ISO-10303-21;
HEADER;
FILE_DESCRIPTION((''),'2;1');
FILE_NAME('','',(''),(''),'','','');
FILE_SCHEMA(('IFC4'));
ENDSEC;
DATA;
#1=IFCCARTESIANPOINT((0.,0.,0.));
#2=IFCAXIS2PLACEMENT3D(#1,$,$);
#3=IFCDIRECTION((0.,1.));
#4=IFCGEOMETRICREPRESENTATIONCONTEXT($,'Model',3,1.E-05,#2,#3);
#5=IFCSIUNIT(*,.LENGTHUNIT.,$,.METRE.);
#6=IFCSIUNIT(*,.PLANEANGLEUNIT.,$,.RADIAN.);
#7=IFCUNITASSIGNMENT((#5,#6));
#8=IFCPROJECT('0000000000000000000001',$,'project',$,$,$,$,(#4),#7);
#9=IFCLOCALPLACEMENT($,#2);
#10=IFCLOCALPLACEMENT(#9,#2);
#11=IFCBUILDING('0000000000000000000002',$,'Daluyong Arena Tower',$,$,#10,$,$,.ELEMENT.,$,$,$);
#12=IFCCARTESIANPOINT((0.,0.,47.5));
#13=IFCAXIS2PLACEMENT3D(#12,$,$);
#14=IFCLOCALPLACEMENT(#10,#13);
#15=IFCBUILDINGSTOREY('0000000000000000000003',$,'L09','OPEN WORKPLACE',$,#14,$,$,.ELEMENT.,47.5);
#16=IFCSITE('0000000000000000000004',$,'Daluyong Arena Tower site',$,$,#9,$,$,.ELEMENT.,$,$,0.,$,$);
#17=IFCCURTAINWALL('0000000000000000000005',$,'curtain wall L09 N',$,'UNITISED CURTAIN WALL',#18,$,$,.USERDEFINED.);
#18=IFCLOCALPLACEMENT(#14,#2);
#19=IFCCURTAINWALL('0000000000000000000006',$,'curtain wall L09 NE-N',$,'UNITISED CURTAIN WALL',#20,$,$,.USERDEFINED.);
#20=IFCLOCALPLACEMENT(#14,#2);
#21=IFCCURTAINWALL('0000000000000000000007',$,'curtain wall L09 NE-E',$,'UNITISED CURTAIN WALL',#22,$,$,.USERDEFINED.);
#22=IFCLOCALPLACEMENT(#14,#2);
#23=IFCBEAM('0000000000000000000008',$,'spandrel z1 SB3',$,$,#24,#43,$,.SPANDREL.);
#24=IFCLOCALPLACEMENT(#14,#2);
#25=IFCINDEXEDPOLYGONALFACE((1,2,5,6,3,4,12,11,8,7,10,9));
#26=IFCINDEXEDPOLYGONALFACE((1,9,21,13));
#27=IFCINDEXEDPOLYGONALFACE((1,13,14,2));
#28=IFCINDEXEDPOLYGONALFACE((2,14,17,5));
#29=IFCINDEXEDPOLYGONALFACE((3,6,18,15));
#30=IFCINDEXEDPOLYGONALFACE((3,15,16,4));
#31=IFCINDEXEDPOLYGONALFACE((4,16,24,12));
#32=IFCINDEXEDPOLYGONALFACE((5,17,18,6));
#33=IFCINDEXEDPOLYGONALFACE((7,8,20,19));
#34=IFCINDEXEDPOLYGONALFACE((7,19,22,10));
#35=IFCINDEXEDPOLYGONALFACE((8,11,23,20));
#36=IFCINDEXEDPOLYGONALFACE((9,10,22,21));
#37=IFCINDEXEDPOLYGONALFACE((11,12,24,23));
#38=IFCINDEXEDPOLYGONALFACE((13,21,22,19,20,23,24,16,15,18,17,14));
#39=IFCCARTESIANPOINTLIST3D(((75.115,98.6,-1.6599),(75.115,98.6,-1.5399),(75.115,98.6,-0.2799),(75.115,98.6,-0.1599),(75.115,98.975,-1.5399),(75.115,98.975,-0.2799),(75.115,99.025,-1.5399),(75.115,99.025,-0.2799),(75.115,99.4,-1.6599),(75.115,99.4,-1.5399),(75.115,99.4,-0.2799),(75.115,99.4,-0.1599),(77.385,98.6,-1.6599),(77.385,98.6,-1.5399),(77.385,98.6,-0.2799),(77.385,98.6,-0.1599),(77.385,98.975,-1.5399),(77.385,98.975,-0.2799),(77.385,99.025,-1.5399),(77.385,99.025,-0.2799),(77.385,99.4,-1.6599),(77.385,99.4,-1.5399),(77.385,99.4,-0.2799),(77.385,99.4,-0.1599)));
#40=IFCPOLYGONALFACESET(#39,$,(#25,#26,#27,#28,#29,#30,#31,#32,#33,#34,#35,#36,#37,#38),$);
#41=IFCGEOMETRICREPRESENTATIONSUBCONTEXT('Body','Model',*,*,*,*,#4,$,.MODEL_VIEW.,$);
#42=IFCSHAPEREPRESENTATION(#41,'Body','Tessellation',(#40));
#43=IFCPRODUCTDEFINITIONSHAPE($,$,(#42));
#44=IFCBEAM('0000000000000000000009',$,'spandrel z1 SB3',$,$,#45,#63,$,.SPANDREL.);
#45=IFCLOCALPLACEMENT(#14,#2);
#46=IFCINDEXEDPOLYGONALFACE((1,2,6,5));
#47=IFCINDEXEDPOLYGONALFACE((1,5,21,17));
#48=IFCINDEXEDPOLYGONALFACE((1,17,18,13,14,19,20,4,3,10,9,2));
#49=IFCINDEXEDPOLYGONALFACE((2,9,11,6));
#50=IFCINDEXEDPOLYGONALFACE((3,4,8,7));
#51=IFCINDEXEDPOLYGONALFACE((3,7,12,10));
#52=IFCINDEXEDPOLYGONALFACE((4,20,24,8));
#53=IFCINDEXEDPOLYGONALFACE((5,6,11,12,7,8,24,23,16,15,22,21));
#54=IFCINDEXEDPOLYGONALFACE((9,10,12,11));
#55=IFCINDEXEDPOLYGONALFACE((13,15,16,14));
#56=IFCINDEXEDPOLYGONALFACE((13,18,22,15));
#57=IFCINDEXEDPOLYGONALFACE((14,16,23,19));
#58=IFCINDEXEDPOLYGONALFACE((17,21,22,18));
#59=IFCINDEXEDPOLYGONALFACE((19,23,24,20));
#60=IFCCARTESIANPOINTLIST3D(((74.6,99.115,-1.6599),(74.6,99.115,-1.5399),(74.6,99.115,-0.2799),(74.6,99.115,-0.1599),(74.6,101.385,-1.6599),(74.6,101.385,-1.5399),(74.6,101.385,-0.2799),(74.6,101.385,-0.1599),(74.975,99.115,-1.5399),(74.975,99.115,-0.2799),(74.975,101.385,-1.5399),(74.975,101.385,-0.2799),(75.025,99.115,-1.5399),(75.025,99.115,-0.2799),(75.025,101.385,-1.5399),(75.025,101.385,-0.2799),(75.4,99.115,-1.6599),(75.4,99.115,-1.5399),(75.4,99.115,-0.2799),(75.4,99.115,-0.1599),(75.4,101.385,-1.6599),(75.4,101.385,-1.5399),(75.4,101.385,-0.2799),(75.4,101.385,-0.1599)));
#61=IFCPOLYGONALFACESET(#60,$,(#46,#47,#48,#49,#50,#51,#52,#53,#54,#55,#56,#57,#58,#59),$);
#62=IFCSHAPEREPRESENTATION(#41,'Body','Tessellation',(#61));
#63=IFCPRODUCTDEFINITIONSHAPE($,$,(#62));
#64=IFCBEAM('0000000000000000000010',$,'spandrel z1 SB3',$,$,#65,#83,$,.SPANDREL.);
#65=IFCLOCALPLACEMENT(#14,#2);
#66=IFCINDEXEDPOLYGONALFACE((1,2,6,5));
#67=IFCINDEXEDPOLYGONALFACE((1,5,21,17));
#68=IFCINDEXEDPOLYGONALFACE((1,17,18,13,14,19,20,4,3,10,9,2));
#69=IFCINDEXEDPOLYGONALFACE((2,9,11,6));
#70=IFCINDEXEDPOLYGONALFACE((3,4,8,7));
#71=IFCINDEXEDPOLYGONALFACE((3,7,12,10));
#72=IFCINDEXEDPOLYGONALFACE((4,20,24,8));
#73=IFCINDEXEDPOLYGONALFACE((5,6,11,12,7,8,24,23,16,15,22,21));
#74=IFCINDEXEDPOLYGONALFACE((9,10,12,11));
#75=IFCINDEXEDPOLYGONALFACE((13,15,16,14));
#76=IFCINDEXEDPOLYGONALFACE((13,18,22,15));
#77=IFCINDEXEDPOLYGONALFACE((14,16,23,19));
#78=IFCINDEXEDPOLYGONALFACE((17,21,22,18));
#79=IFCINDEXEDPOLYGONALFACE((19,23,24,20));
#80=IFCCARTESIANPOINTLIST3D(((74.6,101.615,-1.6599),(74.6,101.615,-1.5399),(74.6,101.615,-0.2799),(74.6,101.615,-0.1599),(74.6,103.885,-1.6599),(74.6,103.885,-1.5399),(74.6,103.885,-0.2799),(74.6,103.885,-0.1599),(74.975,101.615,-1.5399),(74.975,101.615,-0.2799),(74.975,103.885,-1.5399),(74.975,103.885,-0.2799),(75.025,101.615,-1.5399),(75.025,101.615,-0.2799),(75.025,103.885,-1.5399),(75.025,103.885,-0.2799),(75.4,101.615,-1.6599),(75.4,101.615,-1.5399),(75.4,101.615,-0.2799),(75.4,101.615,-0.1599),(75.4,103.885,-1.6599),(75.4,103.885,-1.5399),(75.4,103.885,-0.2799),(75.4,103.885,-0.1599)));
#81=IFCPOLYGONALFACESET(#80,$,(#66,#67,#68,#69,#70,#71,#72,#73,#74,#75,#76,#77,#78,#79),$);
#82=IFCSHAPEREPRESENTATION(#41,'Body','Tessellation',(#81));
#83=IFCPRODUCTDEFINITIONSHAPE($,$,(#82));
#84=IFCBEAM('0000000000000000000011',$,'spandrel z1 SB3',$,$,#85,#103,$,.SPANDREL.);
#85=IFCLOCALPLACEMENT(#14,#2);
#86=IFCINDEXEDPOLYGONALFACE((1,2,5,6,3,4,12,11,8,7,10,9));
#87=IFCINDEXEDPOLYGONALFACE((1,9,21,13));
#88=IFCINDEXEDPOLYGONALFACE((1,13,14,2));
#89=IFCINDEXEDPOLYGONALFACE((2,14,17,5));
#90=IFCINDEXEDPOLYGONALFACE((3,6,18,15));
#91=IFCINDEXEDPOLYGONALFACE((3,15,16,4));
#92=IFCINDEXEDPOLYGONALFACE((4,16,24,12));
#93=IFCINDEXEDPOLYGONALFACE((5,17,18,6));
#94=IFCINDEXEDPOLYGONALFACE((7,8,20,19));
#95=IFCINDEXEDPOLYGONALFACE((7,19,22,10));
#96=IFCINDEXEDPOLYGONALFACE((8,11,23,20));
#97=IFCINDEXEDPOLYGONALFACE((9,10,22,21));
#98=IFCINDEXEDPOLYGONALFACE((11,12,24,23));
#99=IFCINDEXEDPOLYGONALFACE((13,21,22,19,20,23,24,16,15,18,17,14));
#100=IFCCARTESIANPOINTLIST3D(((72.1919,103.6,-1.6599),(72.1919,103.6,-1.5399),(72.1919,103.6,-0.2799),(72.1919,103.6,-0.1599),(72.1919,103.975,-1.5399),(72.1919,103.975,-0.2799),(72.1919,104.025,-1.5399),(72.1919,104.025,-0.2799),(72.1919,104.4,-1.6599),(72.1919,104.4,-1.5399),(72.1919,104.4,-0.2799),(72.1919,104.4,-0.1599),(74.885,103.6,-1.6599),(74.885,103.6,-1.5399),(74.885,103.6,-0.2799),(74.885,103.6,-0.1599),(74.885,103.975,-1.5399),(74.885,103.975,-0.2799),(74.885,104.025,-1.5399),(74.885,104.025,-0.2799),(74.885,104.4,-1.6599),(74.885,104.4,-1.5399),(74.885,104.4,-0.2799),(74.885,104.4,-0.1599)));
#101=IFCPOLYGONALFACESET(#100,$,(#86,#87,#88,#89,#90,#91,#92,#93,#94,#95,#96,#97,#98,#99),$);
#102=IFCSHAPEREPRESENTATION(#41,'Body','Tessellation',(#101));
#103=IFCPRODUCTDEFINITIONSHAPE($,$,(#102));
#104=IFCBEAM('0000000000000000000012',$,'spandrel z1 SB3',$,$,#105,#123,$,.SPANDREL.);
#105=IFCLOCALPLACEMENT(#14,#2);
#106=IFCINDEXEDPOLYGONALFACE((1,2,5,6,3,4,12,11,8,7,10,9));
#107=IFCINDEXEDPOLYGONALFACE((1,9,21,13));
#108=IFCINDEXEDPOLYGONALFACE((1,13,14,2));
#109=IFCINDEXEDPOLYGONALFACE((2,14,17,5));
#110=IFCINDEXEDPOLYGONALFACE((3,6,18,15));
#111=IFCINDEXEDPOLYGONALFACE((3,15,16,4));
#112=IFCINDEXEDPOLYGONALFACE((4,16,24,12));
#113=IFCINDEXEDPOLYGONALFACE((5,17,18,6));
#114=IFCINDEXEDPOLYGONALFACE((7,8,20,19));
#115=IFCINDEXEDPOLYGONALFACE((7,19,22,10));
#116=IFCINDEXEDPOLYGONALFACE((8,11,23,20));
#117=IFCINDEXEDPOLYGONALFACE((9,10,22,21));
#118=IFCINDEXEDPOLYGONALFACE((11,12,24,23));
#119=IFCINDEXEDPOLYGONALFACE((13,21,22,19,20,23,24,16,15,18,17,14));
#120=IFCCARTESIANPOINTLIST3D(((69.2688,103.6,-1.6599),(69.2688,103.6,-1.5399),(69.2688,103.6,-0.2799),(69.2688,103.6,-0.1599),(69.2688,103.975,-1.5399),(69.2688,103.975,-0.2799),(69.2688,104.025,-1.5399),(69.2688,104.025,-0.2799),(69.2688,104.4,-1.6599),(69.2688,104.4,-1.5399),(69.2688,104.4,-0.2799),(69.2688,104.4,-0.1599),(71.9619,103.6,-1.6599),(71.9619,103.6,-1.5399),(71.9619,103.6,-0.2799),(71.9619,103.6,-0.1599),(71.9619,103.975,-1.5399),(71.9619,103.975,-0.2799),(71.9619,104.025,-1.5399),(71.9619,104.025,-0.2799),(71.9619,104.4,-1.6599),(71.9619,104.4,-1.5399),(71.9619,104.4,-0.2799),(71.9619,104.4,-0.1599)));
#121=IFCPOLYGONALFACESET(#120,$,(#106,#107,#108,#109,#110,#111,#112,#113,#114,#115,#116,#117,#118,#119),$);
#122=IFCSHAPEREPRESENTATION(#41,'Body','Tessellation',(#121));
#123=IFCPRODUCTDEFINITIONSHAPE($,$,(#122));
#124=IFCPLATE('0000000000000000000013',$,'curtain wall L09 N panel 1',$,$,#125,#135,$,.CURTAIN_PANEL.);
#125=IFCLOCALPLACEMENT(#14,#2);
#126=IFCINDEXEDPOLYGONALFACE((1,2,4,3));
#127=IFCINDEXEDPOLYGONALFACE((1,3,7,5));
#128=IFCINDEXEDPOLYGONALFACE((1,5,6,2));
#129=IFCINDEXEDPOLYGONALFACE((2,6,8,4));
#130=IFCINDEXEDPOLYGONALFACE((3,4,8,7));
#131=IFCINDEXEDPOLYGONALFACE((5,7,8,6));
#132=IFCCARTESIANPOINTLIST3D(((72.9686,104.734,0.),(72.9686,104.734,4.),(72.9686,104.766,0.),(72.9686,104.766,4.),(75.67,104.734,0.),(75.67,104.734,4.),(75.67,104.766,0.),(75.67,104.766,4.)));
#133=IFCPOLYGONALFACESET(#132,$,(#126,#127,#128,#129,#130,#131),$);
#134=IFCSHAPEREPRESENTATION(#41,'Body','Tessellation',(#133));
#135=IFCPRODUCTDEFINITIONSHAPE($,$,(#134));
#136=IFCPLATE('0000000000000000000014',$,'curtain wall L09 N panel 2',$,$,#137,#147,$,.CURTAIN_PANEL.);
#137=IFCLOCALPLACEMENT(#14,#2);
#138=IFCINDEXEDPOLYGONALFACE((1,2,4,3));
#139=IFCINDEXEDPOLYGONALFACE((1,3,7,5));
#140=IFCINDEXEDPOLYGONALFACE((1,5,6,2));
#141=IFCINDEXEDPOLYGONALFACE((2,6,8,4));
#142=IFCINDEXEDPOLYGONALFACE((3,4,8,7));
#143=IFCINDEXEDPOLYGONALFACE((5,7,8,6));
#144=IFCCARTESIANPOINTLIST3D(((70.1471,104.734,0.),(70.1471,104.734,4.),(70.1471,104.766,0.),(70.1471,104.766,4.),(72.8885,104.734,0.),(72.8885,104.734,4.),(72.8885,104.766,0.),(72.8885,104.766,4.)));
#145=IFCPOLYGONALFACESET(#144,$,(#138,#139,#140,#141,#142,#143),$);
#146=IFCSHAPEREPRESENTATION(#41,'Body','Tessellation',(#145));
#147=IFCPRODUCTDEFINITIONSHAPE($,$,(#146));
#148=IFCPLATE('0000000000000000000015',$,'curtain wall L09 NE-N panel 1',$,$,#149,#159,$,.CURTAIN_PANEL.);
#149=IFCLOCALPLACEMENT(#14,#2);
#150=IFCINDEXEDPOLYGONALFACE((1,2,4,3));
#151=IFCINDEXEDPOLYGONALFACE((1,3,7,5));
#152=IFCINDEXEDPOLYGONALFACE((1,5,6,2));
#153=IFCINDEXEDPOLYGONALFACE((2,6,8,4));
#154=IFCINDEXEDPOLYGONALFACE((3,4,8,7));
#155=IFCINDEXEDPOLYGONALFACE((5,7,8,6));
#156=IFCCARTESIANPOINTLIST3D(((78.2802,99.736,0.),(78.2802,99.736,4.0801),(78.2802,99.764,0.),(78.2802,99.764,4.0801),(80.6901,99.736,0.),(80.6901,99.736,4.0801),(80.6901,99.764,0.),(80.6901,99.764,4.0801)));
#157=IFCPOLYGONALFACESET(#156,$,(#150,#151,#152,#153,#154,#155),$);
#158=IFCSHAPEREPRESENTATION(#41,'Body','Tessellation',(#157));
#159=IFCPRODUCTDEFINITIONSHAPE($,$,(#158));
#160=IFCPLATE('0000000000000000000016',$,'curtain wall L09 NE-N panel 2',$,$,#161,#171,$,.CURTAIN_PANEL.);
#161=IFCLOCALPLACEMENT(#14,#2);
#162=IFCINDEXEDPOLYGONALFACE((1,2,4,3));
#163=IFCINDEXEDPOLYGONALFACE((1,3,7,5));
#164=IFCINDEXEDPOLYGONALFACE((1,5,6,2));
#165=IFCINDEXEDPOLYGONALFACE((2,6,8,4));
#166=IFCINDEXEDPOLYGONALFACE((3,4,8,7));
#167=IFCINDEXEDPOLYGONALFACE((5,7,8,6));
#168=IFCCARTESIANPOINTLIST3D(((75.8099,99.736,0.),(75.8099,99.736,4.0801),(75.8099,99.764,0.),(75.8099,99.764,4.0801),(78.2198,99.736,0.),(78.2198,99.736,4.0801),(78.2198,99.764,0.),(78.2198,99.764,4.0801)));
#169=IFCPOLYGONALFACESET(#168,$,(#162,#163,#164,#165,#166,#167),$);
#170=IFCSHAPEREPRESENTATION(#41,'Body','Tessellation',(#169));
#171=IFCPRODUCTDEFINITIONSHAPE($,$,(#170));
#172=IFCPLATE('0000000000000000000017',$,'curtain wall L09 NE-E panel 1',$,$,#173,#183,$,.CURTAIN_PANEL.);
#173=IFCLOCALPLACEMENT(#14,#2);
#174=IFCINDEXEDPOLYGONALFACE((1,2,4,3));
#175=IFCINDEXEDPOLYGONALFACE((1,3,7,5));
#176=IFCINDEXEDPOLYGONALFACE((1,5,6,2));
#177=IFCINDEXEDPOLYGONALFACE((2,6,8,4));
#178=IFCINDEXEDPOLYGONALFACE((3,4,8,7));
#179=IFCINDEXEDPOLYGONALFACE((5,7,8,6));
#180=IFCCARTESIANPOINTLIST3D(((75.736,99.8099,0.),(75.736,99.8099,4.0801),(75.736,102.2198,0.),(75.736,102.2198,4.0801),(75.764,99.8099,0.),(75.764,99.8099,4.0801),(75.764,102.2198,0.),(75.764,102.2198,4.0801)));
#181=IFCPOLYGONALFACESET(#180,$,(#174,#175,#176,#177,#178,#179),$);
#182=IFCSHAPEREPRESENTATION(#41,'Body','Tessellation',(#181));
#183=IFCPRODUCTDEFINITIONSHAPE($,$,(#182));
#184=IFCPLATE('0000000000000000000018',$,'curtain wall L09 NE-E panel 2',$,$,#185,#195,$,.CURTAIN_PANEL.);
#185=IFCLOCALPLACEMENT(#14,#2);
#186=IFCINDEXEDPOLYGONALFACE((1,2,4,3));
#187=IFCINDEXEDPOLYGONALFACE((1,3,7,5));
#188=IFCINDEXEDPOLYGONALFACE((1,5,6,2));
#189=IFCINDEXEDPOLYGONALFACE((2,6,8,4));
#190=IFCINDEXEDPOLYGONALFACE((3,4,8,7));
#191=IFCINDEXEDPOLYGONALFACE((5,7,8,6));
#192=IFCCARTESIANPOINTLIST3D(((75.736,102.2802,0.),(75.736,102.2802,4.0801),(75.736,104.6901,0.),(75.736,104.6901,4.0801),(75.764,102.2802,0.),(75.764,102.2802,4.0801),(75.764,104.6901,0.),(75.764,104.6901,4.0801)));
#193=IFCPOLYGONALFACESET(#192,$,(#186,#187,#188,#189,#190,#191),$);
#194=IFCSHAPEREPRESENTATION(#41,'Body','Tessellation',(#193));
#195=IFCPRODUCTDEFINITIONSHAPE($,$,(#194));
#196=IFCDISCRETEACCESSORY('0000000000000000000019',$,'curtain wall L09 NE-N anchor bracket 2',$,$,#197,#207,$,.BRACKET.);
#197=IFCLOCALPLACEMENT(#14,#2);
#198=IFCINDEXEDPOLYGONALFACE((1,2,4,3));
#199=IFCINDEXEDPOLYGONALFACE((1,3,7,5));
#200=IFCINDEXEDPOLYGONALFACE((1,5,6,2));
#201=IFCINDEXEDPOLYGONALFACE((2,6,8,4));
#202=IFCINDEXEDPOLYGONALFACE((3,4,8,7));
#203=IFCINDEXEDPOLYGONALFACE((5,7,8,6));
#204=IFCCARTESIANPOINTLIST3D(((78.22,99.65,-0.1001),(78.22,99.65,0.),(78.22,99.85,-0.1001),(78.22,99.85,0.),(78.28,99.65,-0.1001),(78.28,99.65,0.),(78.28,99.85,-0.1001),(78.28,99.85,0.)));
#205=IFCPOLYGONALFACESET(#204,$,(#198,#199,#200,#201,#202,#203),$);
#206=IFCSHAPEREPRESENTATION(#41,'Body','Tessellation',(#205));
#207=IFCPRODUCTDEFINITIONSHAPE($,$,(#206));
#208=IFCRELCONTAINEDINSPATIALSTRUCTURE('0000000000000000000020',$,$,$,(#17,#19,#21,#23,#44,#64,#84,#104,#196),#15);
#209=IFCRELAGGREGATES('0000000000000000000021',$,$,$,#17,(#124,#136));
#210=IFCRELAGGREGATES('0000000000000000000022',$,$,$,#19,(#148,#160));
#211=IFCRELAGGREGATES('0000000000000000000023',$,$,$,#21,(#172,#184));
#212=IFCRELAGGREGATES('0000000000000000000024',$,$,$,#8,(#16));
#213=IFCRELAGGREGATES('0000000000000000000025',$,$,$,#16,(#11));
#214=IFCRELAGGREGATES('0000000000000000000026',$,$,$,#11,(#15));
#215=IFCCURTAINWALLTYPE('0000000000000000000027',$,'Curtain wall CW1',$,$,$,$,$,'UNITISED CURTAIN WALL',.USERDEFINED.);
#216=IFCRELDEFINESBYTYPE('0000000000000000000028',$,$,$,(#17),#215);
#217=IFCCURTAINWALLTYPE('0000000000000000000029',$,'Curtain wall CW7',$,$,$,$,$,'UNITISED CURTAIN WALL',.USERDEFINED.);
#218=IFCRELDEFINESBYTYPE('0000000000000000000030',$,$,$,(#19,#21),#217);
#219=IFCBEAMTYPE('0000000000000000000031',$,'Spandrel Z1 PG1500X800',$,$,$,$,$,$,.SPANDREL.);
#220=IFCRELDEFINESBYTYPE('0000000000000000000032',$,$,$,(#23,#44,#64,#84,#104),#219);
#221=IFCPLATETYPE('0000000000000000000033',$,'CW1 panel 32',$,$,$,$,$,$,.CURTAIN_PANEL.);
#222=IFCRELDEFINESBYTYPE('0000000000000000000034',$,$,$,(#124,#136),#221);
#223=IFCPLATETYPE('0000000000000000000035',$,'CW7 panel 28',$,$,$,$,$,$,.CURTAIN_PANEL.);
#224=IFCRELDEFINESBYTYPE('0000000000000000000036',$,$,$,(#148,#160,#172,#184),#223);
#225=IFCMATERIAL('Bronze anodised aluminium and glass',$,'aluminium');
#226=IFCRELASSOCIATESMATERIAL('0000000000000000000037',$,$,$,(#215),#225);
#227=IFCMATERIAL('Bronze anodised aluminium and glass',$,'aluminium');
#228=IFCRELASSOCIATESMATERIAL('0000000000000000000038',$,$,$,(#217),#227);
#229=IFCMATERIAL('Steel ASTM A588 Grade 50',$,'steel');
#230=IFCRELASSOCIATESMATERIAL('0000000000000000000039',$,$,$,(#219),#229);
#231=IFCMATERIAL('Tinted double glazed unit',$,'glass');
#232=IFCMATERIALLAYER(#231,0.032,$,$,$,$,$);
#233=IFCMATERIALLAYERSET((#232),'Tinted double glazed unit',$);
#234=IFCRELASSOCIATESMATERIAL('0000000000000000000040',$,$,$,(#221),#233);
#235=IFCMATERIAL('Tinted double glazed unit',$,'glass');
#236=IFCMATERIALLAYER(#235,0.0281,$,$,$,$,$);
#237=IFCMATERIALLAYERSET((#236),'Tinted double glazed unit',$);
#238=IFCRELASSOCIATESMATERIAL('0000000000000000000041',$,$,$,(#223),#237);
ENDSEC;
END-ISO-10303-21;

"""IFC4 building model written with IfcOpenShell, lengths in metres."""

from ifc_helpers import new_model, si_unit, direction, frame, origin, origin_2d, place, context, subcontext, project, spatial, rectangle, i_section, extrude, material, layer, layer_set, material_profile, profile_set, type_object, element, aggregate, save


model = new_model("IFC4")

# Units and contexts
model_context = context("Model", 3, precision=1e-05, world=origin(), true_north=direction((0.0, 1.0)))
body_context = subcontext(model_context, "Body", "Model", "MODEL_VIEW")
ifc_project = project(units=[si_unit("LENGTHUNIT", "METRE"), si_unit("PLANEANGLEUNIT", "RADIAN")], contexts=[model_context])

# Site, building, storey
site_placement = place(None, origin())
site = spatial("IfcSite", under=ifc_project, at=site_placement, Name="Daluyong Arena Tower site", CompositionType="ELEMENT", RefElevation=0.0)
building_placement = place(site_placement, origin())
building = spatial("IfcBuilding", under=site, at=building_placement, Name="Daluyong Arena Tower", CompositionType="ELEMENT")
storey_placement = place(building_placement, frame((0.0, 0.0, 47.5)))
storey = spatial("IfcBuildingStorey", under=building, at=storey_placement, Name="L09", Description="OPEN WORKPLACE", CompositionType="ELEMENT", Elevation=47.5)

# Shared definitions
ifc_material_1 = material(Name="Bronze anodised aluminium and glass", Category="aluminium")
curtain_wall_type_1 = type_object("IfcCurtainWallType", Name="Curtain wall CW1", ElementType="UNITISED CURTAIN WALL", PredefinedType="USERDEFINED", material=ifc_material_1)

# Curtain walls
curtain_wall_1_placement = place(storey_placement, origin())
curtain_wall_1 = element("IfcCurtainWall", 1, at=curtain_wall_1_placement, inside=storey, type_object=curtain_wall_type_1, Name="curtain wall L09 N", ObjectType="UNITISED CURTAIN WALL", PredefinedType="USERDEFINED")
ifc_material_2 = material(Name="Bronze anodised aluminium and glass", Category="aluminium")
curtain_wall_type_2 = type_object("IfcCurtainWallType", Name="Curtain wall CW7", ElementType="UNITISED CURTAIN WALL", PredefinedType="USERDEFINED", material=ifc_material_2)
curtain_wall_2_placement = place(storey_placement, origin())
curtain_wall_2 = element("IfcCurtainWall", 2, at=curtain_wall_2_placement, inside=storey, type_object=curtain_wall_type_2, Name="curtain wall L09 NE-N", ObjectType="UNITISED CURTAIN WALL", PredefinedType="USERDEFINED")
curtain_wall_3_placement = place(storey_placement, origin())
curtain_wall_3 = element("IfcCurtainWall", 3, at=curtain_wall_3_placement, inside=storey, type_object=curtain_wall_type_2, Name="curtain wall L09 NE-E", ObjectType="UNITISED CURTAIN WALL", PredefinedType="USERDEFINED")

# Beams
ifc_material_3 = material(Name="Steel ASTM A588 Grade 50", Category="steel")
ifc_material_profile_1 = material_profile(ifc_material_3, i_section(OverallWidth=0.8, OverallDepth=1.5, WebThickness=0.05, FlangeThickness=0.12, at=origin_2d()))
ifc_profile_set_1 = profile_set([ifc_material_profile_1], Name="Steel ASTM A588 Grade 50")
beam_type_1 = type_object("IfcBeamType", Name="Spandrel Z1 PG1500X800", PredefinedType="SPANDREL", material=ifc_profile_set_1)
for number, where, z_axis, x_axis, name in (
    (4, (77.385, 99.0, -0.9099), (-1.0, 0.0, 0.0), (0.0, -1.0, 0.0), "spandrel z1 SB3"),
    (5, (75.0, 99.115, -0.9099), (0.0, 1.0, 0.0), (-1.0, 0.0, 0.0), "spandrel z1 SB3"),
    (6, (75.0, 101.615, -0.9099), (0.0, 1.0, 0.0), (-1.0, 0.0, 0.0), "spandrel z1 SB3"),
):
    element("IfcBeam", number, at=place(storey_placement, frame(where, z_axis=z_axis, x_axis=x_axis)), inside=storey, type_object=beam_type_1, Name=name, PredefinedType="SPANDREL", context=body_context, shape_type="SweptSolid", body=[
        extrude(i_section(OverallWidth=0.8, OverallDepth=1.5, WebThickness=0.05, FlangeThickness=0.12, at=origin_2d()), origin(), (0.0, 0.0, 1.0), 2.27),
    ])
for number, where, z_axis, x_axis, name in (
    (7, (74.885, 104.0, -0.9099), (-1.0, 0.0, 0.0), (0.0, -1.0, 0.0), "spandrel z1 SB3"),
    (8, (71.9619, 104.0, -0.9099), (-1.0, 0.0, 0.0), (0.0, -1.0, 0.0), "spandrel z1 SB3"),
):
    element("IfcBeam", number, at=place(storey_placement, frame(where, z_axis=z_axis, x_axis=x_axis)), inside=storey, type_object=beam_type_1, Name=name, PredefinedType="SPANDREL", context=body_context, shape_type="SweptSolid", body=[
        extrude(i_section(OverallWidth=0.8, OverallDepth=1.5, WebThickness=0.05, FlangeThickness=0.12, at=origin_2d()), origin(), (0.0, 0.0, 1.0), 2.6931),
    ])

# Plates
ifc_material_4 = material(Name="Tinted double glazed unit", Category="glass")
ifc_layer_1 = layer(ifc_material_4, 0.032)
ifc_layer_set_1 = layer_set([ifc_layer_1], Name="Tinted double glazed unit")
plate_type_1 = type_object("IfcPlateType", Name="CW1 panel 32", PredefinedType="CURTAIN_PANEL", material=ifc_layer_set_1)
plate_1_placement = place(storey_placement, frame((74.3193, 104.75, 0.0), z_axis=(0.0, 0.0, 1.0), x_axis=(-1.0, 0.0, 0.0)))
plate_1 = element("IfcPlate", 9, at=plate_1_placement, type_object=plate_type_1, Name="curtain wall L09 N panel 1", PredefinedType="CURTAIN_PANEL", context=body_context, shape_type="SweptSolid", body=[
    extrude(rectangle(XDim=2.7014, YDim=0.032, at=origin_2d()), origin(), (0.0, 0.0, 1.0), 4.0),
])
plate_2_placement = place(storey_placement, frame((71.5178, 104.75, 0.0), z_axis=(0.0, 0.0, 1.0), x_axis=(-1.0, 0.0, 0.0)))
plate_2 = element("IfcPlate", 10, at=plate_2_placement, type_object=plate_type_1, Name="curtain wall L09 N panel 2", PredefinedType="CURTAIN_PANEL", context=body_context, shape_type="SweptSolid", body=[
    extrude(rectangle(XDim=2.7415, YDim=0.032, at=origin_2d()), origin(), (0.0, 0.0, 1.0), 4.0),
])
aggregate(curtain_wall_1, [plate_1, plate_2])
ifc_material_5 = material(Name="Tinted double glazed unit", Category="glass")
ifc_layer_2 = layer(ifc_material_5, 0.0281)
ifc_layer_set_2 = layer_set([ifc_layer_2], Name="Tinted double glazed unit")
plate_type_2 = type_object("IfcPlateType", Name="CW7 panel 28", PredefinedType="CURTAIN_PANEL", material=ifc_layer_set_2)
plate_3_placement = place(storey_placement, frame((79.4851, 99.75, 0.0), z_axis=(0.0, 0.0, 1.0), x_axis=(-1.0, 0.0, 0.0)))
plate_3 = element("IfcPlate", 11, at=plate_3_placement, type_object=plate_type_2, Name="curtain wall L09 NE-N panel 1", PredefinedType="CURTAIN_PANEL", context=body_context, shape_type="SweptSolid", body=[
    extrude(rectangle(XDim=2.4099, YDim=0.0281, at=origin_2d()), origin(), (0.0, 0.0, 1.0), 4.0801),
])
plate_4_placement = place(storey_placement, frame((77.0149, 99.75, 0.0), z_axis=(0.0, 0.0, 1.0), x_axis=(-1.0, 0.0, 0.0)))
plate_4 = element("IfcPlate", 12, at=plate_4_placement, type_object=plate_type_2, Name="curtain wall L09 NE-N panel 2", PredefinedType="CURTAIN_PANEL", context=body_context, shape_type="SweptSolid", body=[
    extrude(rectangle(XDim=2.4099, YDim=0.0281, at=origin_2d()), origin(), (0.0, 0.0, 1.0), 4.0801),
])
aggregate(curtain_wall_2, [plate_3, plate_4])
plate_5_placement = place(storey_placement, frame((75.75, 101.0149, 0.0), z_axis=(0.0, 0.0, 1.0), x_axis=(0.0, 1.0, 0.0)))
plate_5 = element("IfcPlate", 13, at=plate_5_placement, type_object=plate_type_2, Name="curtain wall L09 NE-E panel 1", PredefinedType="CURTAIN_PANEL", context=body_context, shape_type="SweptSolid", body=[
    extrude(rectangle(XDim=2.4099, YDim=0.0281, at=origin_2d()), origin(), (0.0, 0.0, 1.0), 4.0801),
])
plate_6_placement = place(storey_placement, frame((75.75, 103.4851, 0.0), z_axis=(0.0, 0.0, 1.0), x_axis=(0.0, 1.0, 0.0)))
plate_6 = element("IfcPlate", 14, at=plate_6_placement, type_object=plate_type_2, Name="curtain wall L09 NE-E panel 2", PredefinedType="CURTAIN_PANEL", context=body_context, shape_type="SweptSolid", body=[
    extrude(rectangle(XDim=2.4099, YDim=0.0281, at=origin_2d()), origin(), (0.0, 0.0, 1.0), 4.0801),
])
aggregate(curtain_wall_3, [plate_5, plate_6])

# Discrete accessory
for number, where, z_axis, x_axis, name in (
    (15, (78.25, 99.75, -0.1001), (0.0, 0.0, 1.0), (-1.0, 0.0, 0.0), "curtain wall L09 NE-N anchor bracket 2"),
):
    element("IfcDiscreteAccessory", number, at=place(storey_placement, frame(where, z_axis=z_axis, x_axis=x_axis)), inside=storey, Name=name, PredefinedType="BRACKET", context=body_context, shape_type="SweptSolid", body=[
        extrude(rectangle(XDim=0.0601, YDim=0.2, at=origin_2d()), origin(), (0.0, 0.0, 1.0), 0.1001),
    ])

save(model, "model.ifc")
